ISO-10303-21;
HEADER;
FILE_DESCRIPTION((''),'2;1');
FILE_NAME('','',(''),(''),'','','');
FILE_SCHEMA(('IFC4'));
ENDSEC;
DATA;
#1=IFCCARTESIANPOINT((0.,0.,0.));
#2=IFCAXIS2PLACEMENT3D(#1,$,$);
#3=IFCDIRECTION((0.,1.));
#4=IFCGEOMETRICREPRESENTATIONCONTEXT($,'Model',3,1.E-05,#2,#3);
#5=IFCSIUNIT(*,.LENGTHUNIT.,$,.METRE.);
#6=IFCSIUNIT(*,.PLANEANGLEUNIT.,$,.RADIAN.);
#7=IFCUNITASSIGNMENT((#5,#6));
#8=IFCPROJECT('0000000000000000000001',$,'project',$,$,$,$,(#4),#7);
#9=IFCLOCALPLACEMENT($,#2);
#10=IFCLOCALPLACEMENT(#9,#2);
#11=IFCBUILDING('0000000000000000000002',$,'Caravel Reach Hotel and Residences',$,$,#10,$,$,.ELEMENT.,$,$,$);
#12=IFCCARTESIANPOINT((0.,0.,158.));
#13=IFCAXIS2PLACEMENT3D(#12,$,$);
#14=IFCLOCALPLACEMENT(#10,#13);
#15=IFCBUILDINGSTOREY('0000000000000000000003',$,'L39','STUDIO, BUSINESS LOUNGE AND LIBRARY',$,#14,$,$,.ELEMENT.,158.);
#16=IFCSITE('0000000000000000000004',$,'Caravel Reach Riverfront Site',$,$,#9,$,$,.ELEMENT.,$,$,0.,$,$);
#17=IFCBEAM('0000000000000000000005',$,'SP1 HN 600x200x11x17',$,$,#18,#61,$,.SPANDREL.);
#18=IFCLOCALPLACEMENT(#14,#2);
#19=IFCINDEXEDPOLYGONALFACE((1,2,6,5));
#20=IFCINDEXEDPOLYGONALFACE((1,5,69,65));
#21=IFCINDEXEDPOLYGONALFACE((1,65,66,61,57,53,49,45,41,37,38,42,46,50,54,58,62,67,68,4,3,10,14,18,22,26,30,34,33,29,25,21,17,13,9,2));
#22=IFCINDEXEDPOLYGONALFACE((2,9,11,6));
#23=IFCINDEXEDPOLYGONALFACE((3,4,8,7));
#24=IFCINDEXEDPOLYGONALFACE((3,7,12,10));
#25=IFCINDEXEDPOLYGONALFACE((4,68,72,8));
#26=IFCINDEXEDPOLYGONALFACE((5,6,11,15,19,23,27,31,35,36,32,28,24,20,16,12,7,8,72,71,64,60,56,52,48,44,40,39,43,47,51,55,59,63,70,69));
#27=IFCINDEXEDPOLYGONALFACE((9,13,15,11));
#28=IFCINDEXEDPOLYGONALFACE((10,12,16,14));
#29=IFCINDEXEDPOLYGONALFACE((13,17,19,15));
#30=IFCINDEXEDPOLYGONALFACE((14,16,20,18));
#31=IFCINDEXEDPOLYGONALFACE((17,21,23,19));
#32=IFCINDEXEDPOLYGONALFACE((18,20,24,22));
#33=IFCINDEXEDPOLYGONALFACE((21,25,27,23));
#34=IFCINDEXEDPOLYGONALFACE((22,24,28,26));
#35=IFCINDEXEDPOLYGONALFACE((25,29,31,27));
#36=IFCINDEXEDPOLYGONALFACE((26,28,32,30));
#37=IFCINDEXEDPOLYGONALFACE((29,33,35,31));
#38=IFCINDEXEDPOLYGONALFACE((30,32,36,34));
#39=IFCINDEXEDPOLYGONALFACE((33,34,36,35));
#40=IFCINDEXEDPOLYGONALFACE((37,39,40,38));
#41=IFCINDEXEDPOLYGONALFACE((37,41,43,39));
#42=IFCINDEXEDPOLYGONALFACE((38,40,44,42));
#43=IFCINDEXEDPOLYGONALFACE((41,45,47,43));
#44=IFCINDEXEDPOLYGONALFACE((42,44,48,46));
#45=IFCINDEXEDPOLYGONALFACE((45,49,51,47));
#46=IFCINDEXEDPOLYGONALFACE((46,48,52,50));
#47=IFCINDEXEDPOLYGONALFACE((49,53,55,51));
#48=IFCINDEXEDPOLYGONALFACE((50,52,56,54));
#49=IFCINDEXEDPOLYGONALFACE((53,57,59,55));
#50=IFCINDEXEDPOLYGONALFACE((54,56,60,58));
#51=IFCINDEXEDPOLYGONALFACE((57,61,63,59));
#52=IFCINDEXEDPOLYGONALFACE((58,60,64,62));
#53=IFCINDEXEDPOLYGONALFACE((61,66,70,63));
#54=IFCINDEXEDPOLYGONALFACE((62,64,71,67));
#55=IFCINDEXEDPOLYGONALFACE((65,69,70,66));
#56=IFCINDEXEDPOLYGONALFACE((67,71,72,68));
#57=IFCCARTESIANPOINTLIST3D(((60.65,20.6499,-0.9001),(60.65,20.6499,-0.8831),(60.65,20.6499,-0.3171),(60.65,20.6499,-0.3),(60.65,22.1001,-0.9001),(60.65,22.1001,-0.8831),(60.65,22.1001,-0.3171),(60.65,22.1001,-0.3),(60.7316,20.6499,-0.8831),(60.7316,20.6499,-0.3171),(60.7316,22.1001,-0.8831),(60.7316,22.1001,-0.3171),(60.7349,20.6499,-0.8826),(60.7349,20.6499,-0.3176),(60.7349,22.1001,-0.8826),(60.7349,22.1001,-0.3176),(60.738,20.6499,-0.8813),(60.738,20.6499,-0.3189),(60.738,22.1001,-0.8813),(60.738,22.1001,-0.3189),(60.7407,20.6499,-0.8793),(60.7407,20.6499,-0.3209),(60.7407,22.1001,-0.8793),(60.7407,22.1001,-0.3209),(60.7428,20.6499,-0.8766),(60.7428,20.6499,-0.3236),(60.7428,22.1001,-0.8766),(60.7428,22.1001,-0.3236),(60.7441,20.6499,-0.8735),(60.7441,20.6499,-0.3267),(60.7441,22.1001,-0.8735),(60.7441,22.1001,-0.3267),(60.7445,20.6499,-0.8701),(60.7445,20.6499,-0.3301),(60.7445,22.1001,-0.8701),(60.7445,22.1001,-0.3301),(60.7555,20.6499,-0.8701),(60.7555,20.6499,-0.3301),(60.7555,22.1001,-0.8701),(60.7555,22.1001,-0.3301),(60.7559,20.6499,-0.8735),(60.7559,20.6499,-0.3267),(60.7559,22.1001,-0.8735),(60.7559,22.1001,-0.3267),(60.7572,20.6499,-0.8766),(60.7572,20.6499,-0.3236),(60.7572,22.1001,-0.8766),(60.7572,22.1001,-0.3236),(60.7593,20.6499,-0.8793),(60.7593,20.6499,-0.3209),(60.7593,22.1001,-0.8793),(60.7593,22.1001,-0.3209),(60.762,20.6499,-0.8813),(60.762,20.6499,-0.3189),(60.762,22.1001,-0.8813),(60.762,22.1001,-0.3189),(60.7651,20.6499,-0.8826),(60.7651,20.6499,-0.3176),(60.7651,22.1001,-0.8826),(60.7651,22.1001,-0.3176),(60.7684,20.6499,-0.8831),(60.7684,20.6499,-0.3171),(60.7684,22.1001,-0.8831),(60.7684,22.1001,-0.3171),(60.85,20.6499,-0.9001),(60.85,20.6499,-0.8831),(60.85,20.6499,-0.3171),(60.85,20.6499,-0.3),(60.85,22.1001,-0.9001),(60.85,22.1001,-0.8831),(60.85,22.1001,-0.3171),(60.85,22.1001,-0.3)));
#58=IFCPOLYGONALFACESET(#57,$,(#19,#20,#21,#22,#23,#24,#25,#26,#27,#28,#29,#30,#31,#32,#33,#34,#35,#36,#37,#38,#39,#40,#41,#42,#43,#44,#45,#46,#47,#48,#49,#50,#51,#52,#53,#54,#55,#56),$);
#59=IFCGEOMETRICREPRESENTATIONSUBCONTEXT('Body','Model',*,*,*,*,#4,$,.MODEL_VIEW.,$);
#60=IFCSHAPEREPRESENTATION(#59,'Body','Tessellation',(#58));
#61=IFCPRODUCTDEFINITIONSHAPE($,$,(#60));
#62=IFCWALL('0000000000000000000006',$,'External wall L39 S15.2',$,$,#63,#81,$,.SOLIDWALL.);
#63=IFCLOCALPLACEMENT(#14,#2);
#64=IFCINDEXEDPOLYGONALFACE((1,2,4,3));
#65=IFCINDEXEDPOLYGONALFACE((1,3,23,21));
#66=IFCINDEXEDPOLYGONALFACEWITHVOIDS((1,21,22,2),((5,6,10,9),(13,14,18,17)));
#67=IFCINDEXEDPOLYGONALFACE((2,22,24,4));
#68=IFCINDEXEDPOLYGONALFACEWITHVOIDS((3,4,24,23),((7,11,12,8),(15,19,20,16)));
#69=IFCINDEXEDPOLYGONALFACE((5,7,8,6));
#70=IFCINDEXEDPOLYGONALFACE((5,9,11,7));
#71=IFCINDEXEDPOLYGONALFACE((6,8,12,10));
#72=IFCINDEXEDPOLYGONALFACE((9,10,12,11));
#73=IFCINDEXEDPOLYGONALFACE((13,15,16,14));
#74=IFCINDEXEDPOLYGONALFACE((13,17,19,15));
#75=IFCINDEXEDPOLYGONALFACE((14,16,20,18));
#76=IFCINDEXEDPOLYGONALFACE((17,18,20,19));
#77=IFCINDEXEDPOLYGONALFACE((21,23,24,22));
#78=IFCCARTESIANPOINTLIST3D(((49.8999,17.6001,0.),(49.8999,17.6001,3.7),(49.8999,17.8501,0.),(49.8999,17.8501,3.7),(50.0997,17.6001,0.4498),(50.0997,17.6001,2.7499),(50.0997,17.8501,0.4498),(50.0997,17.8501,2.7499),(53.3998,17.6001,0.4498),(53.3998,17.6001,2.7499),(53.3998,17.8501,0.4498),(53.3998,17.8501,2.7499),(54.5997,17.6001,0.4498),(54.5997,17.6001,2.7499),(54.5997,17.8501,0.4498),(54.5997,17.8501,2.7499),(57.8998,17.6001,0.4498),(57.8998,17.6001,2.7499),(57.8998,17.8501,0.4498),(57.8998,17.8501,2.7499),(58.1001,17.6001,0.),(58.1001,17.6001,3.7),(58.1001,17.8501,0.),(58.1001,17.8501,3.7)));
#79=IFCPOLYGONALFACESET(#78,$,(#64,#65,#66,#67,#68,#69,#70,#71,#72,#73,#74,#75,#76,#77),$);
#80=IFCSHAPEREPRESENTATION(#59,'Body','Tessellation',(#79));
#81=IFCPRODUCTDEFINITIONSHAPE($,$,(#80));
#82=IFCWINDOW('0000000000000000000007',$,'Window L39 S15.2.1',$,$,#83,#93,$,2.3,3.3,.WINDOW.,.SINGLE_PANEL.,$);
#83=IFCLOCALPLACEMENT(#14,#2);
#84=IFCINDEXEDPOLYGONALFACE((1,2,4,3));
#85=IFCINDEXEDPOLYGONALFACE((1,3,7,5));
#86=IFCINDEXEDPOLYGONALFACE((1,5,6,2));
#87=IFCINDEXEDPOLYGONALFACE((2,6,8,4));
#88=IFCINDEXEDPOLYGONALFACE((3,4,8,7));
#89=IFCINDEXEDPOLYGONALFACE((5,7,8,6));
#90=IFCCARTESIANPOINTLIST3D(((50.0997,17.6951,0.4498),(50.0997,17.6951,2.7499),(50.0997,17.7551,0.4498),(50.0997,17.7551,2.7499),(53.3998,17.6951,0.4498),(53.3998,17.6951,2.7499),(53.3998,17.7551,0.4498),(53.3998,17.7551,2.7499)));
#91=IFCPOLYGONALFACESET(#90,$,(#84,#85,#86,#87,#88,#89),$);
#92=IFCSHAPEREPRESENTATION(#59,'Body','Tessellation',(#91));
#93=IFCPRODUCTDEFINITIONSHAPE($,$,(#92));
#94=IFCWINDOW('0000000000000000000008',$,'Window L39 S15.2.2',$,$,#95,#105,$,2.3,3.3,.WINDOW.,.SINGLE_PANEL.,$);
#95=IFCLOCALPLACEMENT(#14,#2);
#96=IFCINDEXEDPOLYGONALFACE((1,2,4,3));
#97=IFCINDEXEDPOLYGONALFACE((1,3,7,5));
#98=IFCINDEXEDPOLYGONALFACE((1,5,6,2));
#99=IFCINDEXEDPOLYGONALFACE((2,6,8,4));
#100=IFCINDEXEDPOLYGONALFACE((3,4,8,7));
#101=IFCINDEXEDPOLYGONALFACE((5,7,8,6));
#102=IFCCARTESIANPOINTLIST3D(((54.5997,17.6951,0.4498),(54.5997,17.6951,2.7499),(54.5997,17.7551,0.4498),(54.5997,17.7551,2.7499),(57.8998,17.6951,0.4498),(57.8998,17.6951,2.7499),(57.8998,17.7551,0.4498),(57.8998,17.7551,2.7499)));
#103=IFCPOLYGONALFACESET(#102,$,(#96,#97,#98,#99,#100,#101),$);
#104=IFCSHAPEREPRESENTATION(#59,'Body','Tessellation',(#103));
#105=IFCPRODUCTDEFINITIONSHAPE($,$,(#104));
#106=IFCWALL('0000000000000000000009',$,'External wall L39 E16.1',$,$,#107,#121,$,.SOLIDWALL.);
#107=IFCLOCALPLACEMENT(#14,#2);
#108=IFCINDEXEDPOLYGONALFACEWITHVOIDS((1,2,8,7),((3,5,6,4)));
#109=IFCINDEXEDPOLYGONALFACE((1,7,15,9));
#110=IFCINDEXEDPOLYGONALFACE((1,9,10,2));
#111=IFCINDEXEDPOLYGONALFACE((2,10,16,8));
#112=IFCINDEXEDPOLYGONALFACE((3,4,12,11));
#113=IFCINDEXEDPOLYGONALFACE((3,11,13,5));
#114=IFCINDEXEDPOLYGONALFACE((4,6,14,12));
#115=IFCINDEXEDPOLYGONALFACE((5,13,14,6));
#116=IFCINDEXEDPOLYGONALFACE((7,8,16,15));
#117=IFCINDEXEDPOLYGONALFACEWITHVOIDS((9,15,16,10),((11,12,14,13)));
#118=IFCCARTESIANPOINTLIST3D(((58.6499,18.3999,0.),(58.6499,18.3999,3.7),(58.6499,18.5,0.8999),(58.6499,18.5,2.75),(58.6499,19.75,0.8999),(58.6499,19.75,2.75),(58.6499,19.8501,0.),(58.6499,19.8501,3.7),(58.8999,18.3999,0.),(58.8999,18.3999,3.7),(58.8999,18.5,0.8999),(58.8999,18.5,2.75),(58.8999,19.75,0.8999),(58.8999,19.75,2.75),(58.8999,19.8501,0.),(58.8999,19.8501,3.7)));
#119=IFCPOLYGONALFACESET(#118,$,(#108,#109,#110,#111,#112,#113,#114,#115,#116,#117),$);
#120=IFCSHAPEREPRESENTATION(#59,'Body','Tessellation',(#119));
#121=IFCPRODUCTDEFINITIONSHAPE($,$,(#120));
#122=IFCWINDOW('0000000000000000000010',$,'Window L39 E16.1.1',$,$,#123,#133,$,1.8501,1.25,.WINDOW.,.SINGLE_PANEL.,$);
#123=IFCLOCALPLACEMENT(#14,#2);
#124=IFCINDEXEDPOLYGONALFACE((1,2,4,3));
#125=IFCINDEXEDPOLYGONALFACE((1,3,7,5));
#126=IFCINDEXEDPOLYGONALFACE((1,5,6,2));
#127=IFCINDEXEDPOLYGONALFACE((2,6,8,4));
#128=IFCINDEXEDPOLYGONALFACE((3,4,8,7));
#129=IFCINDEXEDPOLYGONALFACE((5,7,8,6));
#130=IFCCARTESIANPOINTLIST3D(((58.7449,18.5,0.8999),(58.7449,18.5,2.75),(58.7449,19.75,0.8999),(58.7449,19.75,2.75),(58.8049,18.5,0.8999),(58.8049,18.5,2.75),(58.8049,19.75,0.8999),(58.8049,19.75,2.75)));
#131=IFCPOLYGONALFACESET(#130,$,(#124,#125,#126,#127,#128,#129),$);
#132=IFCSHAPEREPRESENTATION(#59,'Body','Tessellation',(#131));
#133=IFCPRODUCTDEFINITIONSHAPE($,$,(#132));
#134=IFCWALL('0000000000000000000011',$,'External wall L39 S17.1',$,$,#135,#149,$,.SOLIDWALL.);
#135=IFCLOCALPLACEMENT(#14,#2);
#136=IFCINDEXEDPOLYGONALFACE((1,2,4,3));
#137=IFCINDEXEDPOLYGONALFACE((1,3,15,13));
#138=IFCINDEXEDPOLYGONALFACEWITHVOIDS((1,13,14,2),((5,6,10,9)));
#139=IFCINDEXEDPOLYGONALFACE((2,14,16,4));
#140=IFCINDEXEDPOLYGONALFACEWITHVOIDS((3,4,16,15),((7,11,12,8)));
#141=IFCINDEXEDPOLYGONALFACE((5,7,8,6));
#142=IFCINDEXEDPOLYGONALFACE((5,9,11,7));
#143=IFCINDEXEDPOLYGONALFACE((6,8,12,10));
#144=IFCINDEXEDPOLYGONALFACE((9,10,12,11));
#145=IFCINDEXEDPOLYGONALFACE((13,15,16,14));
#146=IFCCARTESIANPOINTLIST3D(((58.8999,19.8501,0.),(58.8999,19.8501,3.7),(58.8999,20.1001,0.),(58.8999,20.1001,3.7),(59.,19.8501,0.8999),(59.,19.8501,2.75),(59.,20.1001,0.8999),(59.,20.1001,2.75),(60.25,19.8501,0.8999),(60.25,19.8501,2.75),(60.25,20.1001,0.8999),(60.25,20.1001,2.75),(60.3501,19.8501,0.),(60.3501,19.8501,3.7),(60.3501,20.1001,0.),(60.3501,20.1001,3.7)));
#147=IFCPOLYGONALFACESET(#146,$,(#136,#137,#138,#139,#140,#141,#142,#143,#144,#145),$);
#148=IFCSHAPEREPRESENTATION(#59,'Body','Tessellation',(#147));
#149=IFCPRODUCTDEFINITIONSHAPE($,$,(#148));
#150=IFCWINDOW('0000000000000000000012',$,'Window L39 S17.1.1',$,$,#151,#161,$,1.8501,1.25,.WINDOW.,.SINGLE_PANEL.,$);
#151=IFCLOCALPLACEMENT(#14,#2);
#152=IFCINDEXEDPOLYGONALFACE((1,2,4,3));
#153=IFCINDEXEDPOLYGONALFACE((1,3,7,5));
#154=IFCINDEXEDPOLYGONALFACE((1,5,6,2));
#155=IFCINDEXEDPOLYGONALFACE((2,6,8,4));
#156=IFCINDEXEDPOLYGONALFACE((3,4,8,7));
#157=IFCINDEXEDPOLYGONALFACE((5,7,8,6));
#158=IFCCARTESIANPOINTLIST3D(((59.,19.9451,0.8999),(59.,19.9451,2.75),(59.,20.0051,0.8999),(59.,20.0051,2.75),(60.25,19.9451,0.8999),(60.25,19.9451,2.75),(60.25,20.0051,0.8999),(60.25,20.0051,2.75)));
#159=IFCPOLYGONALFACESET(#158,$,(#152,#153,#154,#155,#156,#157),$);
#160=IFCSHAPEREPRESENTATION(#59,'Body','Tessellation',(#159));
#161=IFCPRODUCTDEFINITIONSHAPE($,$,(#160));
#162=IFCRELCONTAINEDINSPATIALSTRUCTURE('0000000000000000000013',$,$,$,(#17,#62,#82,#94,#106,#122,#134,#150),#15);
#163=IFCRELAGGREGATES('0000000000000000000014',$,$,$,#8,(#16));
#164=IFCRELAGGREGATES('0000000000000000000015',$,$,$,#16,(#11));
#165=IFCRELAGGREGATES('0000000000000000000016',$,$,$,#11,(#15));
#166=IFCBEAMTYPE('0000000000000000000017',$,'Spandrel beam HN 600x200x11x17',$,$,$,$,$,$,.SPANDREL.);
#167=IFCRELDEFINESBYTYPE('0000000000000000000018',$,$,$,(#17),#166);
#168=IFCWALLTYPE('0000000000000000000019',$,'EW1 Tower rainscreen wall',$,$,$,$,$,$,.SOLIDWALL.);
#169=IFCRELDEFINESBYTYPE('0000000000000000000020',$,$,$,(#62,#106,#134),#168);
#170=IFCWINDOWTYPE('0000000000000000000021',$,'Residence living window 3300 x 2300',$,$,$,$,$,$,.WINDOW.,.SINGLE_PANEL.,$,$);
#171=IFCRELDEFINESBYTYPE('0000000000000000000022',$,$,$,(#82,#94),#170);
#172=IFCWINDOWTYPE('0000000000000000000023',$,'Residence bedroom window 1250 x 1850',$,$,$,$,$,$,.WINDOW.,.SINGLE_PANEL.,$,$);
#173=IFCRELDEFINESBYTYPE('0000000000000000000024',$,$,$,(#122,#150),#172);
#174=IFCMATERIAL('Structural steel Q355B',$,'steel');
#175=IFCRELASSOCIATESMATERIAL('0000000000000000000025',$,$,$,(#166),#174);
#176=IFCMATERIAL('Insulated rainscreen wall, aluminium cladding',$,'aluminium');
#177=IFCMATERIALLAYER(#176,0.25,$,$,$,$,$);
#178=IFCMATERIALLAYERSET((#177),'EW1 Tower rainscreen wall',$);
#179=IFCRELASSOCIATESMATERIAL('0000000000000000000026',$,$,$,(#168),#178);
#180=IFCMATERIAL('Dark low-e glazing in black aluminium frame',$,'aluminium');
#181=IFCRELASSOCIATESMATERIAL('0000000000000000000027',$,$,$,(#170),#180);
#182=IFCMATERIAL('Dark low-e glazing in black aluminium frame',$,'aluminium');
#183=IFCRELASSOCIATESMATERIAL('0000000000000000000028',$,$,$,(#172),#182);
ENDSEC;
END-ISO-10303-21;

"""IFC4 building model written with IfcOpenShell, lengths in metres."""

from ifc_helpers import new_model, si_unit, direction, frame, frame_2d, origin, origin_2d, place, context, subcontext, project, spatial, rectangle, i_section, extrude, material, layer, layer_set, material_profile, profile_set, type_object, element, fill, save


model = new_model("IFC4")

# Units and contexts
model_context = context("Model", 3, precision=1e-05, world=origin(), true_north=direction((0.0, 1.0)))
body_context = subcontext(model_context, "Body", "Model", "MODEL_VIEW")
ifc_project = project(units=[si_unit("LENGTHUNIT", "METRE"), si_unit("PLANEANGLEUNIT", "RADIAN")], contexts=[model_context])

# Site, building, storey
site_placement = place(None, origin())
site = spatial("IfcSite", under=ifc_project, at=site_placement, Name="Caravel Reach Riverfront Site", CompositionType="ELEMENT", RefElevation=0.0)
building_placement = place(site_placement, origin())
building = spatial("IfcBuilding", under=site, at=building_placement, Name="Caravel Reach Hotel and Residences", CompositionType="ELEMENT")
storey_placement = place(building_placement, frame((0.0, 0.0, 158.0)))
storey = spatial("IfcBuildingStorey", under=building, at=storey_placement, Name="L39", Description="STUDIO, BUSINESS LOUNGE AND LIBRARY", CompositionType="ELEMENT", Elevation=158.0)

# Beam
ifc_material_1 = material(Name="Structural steel Q355B", Category="steel")
ifc_material_profile_1 = material_profile(ifc_material_1, i_section(OverallWidth=0.2, OverallDepth=0.6001, WebThickness=0.011, FlangeThickness=0.0171, FilletRadius=0.0129, at=origin_2d()), Name="HN 600x200x11x17")
ifc_profile_set_1 = profile_set([ifc_material_profile_1], Name="Structural steel Q355B")
beam_type_1 = type_object("IfcBeamType", Name="Spandrel beam HN 600x200x11x17", PredefinedType="SPANDREL", material=ifc_profile_set_1)
for number, where, z_axis, x_axis, name in (
    (1, (60.75, 20.6499, -0.6001), (0.0, 1.0, 0.0), (-1.0, 0.0, 0.0), "SP1 HN 600x200x11x17"),
):
    element("IfcBeam", number, at=place(storey_placement, frame(where, z_axis=z_axis, x_axis=x_axis)), inside=storey, type_object=beam_type_1, Name=name, PredefinedType="SPANDREL", context=body_context, shape_type="SweptSolid", body=[
        extrude(i_section(OverallWidth=0.2, OverallDepth=0.6001, WebThickness=0.011, FlangeThickness=0.0171, FilletRadius=0.0129, at=origin_2d()), origin(), (0.0, 0.0, 1.0), 1.4502),
    ])

# Wall, openings, windows
ifc_material_2 = material(Name="Insulated rainscreen wall, aluminium cladding", Category="aluminium")
ifc_layer_1 = layer(ifc_material_2, 0.25)
ifc_layer_set_1 = layer_set([ifc_layer_1], Name="EW1 Tower rainscreen wall")
wall_type_1 = type_object("IfcWallType", Name="EW1 Tower rainscreen wall", PredefinedType="SOLIDWALL", material=ifc_layer_set_1)
wall_1_placement = place(storey_placement, frame((49.8999, 17.7251, 0.0), z_axis=(0.0, 0.0, 1.0), x_axis=(1.0, 0.0, 0.0)))
wall_1 = element("IfcWall", 2, at=wall_1_placement, inside=storey, type_object=wall_type_1, Name="External wall L39 S15.2", PredefinedType="SOLIDWALL", context=body_context, shape_type="SweptSolid", body=[
    extrude(rectangle(XDim=8.2002, YDim=0.25, at=frame_2d((4.1001, 0.0))), origin(), (0.0, 0.0, 1.0), 3.7),
])
opening_1_placement = place(wall_1_placement, frame((0.2, 0.0, 0.45)))
opening_1 = element("IfcOpeningElement", 3, at=opening_1_placement, cuts=wall_1, PredefinedType="OPENING", context=body_context, shape_type="SweptSolid", body=[
    extrude(rectangle(XDim=3.3, YDim=2.3, at=frame_2d((1.6499, 1.1499))), frame((0.0, 0.135, 0.0), z_axis=(0.0, -1.0, 0.0), x_axis=(1.0, 0.0, 0.0)), (0.0, 0.0, 1.0), 0.27),
])
opening_2_placement = place(wall_1_placement, frame((4.7, 0.0, 0.45)))
opening_2 = element("IfcOpeningElement", 4, at=opening_2_placement, cuts=wall_1, PredefinedType="OPENING", context=body_context, shape_type="SweptSolid", body=[
    extrude(rectangle(XDim=3.3, YDim=2.3, at=frame_2d((1.6499, 1.1499))), frame((0.0, 0.135, 0.0), z_axis=(0.0, -1.0, 0.0), x_axis=(1.0, 0.0, 0.0)), (0.0, 0.0, 1.0), 0.27),
])
ifc_material_3 = material(Name="Dark low-e glazing in black aluminium frame", Category="aluminium")
window_type_1 = type_object("IfcWindowType", Name="Residence living window 3300 x 2300", PartitioningType="SINGLE_PANEL", PredefinedType="WINDOW", material=ifc_material_3)
window_1_placement = place(opening_1_placement, origin())
window_1 = element("IfcWindow", 5, at=window_1_placement, inside=storey, type_object=window_type_1, Name="Window L39 S15.2.1", OverallHeight=2.3, OverallWidth=3.3, PartitioningType="SINGLE_PANEL", PredefinedType="WINDOW", context=body_context, shape_type="SweptSolid", body=[
    extrude(rectangle(XDim=3.3, YDim=2.3, at=frame_2d((1.6499, 1.1499))), frame((0.0, 0.03, 0.0), z_axis=(0.0, -1.0, 0.0), x_axis=(1.0, 0.0, 0.0)), (0.0, 0.0, 1.0), 0.0601),
])
fill(opening_1, window_1)
window_2_placement = place(opening_2_placement, origin())
window_2 = element("IfcWindow", 6, at=window_2_placement, inside=storey, type_object=window_type_1, Name="Window L39 S15.2.2", OverallHeight=2.3, OverallWidth=3.3, PartitioningType="SINGLE_PANEL", PredefinedType="WINDOW", context=body_context, shape_type="SweptSolid", body=[
    extrude(rectangle(XDim=3.3, YDim=2.3, at=frame_2d((1.6499, 1.1499))), frame((0.0, 0.03, 0.0), z_axis=(0.0, -1.0, 0.0), x_axis=(1.0, 0.0, 0.0)), (0.0, 0.0, 1.0), 0.0601),
])
fill(opening_2, window_2)

# Walls, openings, windows
wall_2_placement = place(storey_placement, frame((58.7749, 18.3999, 0.0), z_axis=(0.0, 0.0, 1.0), x_axis=(0.0, 1.0, 0.0)))
wall_2 = element("IfcWall", 7, at=wall_2_placement, inside=storey, type_object=wall_type_1, Name="External wall L39 E16.1", PredefinedType="SOLIDWALL", context=body_context, shape_type="SweptSolid", body=[
    extrude(rectangle(XDim=1.4502, YDim=0.25, at=frame_2d((0.7251, 0.0))), origin(), (0.0, 0.0, 1.0), 3.7),
])
opening_3_placement = place(wall_2_placement, frame((0.1001, 0.0, 0.8999)))
opening_3 = element("IfcOpeningElement", 8, at=opening_3_placement, cuts=wall_2, PredefinedType="OPENING", context=body_context, shape_type="SweptSolid", body=[
    extrude(rectangle(XDim=1.25, YDim=1.8501, at=frame_2d((0.625, 0.925))), frame((0.0, 0.135, 0.0), z_axis=(0.0, -1.0, 0.0), x_axis=(1.0, 0.0, 0.0)), (0.0, 0.0, 1.0), 0.27),
])
ifc_material_4 = material(Name="Dark low-e glazing in black aluminium frame", Category="aluminium")
window_type_2 = type_object("IfcWindowType", Name="Residence bedroom window 1250 x 1850", PartitioningType="SINGLE_PANEL", PredefinedType="WINDOW", material=ifc_material_4)
window_3_placement = place(opening_3_placement, origin())
window_3 = element("IfcWindow", 9, at=window_3_placement, inside=storey, type_object=window_type_2, Name="Window L39 E16.1.1", OverallHeight=1.8501, OverallWidth=1.25, PartitioningType="SINGLE_PANEL", PredefinedType="WINDOW", context=body_context, shape_type="SweptSolid", body=[
    extrude(rectangle(XDim=1.25, YDim=1.8501, at=frame_2d((0.625, 0.925))), frame((0.0, 0.03, 0.0), z_axis=(0.0, -1.0, 0.0), x_axis=(1.0, 0.0, 0.0)), (0.0, 0.0, 1.0), 0.0601),
])
fill(opening_3, window_3)
wall_3_placement = place(storey_placement, frame((58.8999, 19.9751, 0.0), z_axis=(0.0, 0.0, 1.0), x_axis=(1.0, 0.0, 0.0)))
wall_3 = element("IfcWall", 10, at=wall_3_placement, inside=storey, type_object=wall_type_1, Name="External wall L39 S17.1", PredefinedType="SOLIDWALL", context=body_context, shape_type="SweptSolid", body=[
    extrude(rectangle(XDim=1.4502, YDim=0.25, at=frame_2d((0.7251, 0.0))), origin(), (0.0, 0.0, 1.0), 3.7),
])
opening_4_placement = place(wall_3_placement, frame((0.1001, 0.0, 0.8999)))
opening_4 = element("IfcOpeningElement", 11, at=opening_4_placement, cuts=wall_3, PredefinedType="OPENING", context=body_context, shape_type="SweptSolid", body=[
    extrude(rectangle(XDim=1.25, YDim=1.8501, at=frame_2d((0.625, 0.925))), frame((0.0, 0.135, 0.0), z_axis=(0.0, -1.0, 0.0), x_axis=(1.0, 0.0, 0.0)), (0.0, 0.0, 1.0), 0.27),
])
window_4_placement = place(opening_4_placement, origin())
window_4 = element("IfcWindow", 12, at=window_4_placement, inside=storey, type_object=window_type_2, Name="Window L39 S17.1.1", OverallHeight=1.8501, OverallWidth=1.25, PartitioningType="SINGLE_PANEL", PredefinedType="WINDOW", context=body_context, shape_type="SweptSolid", body=[
    extrude(rectangle(XDim=1.25, YDim=1.8501, at=frame_2d((0.625, 0.925))), frame((0.0, 0.03, 0.0), z_axis=(0.0, -1.0, 0.0), x_axis=(1.0, 0.0, 0.0)), (0.0, 0.0, 1.0), 0.0601),
])
fill(opening_4, window_4)

save(model, "model.ifc")
